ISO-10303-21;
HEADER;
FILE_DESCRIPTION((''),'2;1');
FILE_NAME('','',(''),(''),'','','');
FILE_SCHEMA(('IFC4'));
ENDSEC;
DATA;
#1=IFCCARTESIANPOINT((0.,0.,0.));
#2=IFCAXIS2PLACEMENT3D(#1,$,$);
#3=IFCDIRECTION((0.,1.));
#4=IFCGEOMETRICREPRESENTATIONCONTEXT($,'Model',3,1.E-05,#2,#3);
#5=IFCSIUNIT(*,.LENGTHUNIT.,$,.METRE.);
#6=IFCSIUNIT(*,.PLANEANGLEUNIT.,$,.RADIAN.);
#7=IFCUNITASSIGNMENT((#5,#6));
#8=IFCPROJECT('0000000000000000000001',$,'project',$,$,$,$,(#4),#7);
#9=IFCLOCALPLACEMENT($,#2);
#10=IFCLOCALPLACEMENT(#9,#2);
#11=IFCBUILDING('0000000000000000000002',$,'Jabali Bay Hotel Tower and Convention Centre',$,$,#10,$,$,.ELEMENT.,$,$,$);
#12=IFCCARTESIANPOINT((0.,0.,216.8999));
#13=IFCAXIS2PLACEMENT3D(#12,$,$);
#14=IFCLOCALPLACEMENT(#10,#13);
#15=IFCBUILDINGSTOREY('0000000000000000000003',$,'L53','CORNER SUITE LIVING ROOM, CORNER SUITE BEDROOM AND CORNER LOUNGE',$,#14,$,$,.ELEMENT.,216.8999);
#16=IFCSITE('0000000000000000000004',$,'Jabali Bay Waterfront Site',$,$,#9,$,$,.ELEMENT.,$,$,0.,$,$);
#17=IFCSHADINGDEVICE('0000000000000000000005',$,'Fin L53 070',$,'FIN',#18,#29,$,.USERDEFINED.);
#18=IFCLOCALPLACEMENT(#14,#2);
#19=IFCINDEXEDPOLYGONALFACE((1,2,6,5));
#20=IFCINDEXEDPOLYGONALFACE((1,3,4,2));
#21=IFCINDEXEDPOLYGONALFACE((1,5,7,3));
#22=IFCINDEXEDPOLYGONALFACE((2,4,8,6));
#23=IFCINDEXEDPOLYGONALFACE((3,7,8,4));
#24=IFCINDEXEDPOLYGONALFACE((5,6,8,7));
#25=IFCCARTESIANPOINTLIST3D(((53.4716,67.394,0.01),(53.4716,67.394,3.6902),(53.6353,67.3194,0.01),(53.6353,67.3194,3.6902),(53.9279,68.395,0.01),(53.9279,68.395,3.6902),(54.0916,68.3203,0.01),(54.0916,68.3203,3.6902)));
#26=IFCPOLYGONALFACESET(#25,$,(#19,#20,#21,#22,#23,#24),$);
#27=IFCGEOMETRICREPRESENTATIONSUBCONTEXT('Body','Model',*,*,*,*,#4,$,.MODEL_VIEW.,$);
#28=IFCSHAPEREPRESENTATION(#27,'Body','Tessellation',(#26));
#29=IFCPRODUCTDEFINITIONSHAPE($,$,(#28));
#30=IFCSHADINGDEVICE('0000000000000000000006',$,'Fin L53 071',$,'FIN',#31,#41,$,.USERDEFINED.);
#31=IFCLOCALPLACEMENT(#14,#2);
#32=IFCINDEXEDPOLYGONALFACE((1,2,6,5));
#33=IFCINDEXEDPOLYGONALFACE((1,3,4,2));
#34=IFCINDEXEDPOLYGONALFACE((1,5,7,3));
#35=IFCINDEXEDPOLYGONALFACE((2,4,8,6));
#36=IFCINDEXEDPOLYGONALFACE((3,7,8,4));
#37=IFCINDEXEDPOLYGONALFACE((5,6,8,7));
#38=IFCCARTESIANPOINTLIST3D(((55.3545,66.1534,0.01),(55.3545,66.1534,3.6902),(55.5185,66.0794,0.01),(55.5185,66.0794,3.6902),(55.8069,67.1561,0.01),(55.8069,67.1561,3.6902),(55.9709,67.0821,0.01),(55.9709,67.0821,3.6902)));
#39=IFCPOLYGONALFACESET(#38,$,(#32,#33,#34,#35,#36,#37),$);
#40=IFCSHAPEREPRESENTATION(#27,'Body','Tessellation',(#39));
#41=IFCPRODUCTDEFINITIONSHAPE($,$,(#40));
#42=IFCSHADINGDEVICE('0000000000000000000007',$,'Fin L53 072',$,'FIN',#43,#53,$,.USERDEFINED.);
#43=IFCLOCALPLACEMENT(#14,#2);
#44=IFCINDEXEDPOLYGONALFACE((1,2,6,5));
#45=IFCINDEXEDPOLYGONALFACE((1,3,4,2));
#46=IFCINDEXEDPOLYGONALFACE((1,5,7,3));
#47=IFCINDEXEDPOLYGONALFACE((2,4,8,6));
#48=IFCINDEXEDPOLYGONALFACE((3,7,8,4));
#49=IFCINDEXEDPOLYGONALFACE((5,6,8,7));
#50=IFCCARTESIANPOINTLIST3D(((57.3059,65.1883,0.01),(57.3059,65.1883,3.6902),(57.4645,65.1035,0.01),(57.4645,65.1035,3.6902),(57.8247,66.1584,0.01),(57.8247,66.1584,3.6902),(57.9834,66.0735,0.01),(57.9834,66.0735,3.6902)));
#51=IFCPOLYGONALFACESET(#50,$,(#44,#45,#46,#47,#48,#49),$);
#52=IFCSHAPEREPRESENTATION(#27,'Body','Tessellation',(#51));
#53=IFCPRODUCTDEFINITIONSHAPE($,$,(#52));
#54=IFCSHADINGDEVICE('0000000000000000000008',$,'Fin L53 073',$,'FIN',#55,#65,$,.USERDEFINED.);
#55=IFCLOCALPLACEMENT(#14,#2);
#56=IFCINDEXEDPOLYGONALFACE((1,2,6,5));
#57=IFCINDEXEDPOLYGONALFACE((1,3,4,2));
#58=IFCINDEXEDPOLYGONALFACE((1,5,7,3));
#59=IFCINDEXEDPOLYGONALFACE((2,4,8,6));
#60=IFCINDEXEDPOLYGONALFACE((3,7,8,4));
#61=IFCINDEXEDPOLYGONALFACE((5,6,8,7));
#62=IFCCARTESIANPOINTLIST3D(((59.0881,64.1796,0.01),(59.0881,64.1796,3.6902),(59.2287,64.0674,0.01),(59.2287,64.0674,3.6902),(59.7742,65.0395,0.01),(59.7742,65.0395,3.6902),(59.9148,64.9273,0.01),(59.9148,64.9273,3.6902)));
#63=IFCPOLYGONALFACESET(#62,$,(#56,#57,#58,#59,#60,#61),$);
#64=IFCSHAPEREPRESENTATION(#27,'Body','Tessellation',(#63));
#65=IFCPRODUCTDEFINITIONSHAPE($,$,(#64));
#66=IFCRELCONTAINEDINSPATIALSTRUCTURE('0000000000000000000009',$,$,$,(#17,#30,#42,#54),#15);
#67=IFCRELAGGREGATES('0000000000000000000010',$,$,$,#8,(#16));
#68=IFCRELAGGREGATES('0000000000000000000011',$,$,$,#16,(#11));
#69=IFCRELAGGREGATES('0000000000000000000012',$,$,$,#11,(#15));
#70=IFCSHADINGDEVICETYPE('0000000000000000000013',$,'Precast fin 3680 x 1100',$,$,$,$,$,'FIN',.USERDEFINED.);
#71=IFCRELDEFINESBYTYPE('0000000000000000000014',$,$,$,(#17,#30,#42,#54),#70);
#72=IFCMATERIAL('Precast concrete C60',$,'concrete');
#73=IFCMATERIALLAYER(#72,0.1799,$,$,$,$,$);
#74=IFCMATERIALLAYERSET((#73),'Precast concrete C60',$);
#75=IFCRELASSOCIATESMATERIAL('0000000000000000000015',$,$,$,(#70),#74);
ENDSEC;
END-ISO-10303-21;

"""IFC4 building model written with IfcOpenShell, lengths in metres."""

from ifc_helpers import new_model, si_unit, direction, frame, frame_2d, origin, place, context, subcontext, project, spatial, rectangle, extrude, material, layer, layer_set, type_object, element, save


model = new_model("IFC4")

# Units and contexts
model_context = context("Model", 3, precision=1e-05, world=origin(), true_north=direction((0.0, 1.0)))
body_context = subcontext(model_context, "Body", "Model", "MODEL_VIEW")
ifc_project = project(units=[si_unit("LENGTHUNIT", "METRE"), si_unit("PLANEANGLEUNIT", "RADIAN")], contexts=[model_context])

# Site, building, storey
site_placement = place(None, origin())
site = spatial("IfcSite", under=ifc_project, at=site_placement, Name="Jabali Bay Waterfront Site", CompositionType="ELEMENT", RefElevation=0.0)
building_placement = place(site_placement, origin())
building = spatial("IfcBuilding", under=site, at=building_placement, Name="Jabali Bay Hotel Tower and Convention Centre", CompositionType="ELEMENT")
storey_placement = place(building_placement, frame((0.0, 0.0, 216.8999)))
storey = spatial("IfcBuildingStorey", under=building, at=storey_placement, Name="L53", Description="CORNER SUITE LIVING ROOM, CORNER SUITE BEDROOM AND CORNER LOUNGE", CompositionType="ELEMENT", Elevation=216.8999)

# Shading devices
ifc_material_1 = material(Name="Precast concrete C60", Category="concrete")
ifc_layer_1 = layer(ifc_material_1, 0.1799)
ifc_layer_set_1 = layer_set([ifc_layer_1], Name="Precast concrete C60")
shading_device_type = type_object("IfcShadingDeviceType", Name="Precast fin 3680 x 1100", ElementType="FIN", PredefinedType="USERDEFINED", material=ifc_layer_set_1)
for number, where, z_axis, x_axis, name in (
    (1, (54.0098, 68.3577, 0.01), (0.0, 0.0, 1.0), (-0.414789, -0.909918, 0.0), "Fin L53 070"),
    (2, (55.8889, 67.1191, 0.01), (0.0, 0.0, 1.0), (-0.41126, -0.911518, 0.0), "Fin L53 071"),
    (3, (57.9041, 66.116, 0.01), (0.0, 0.0, 1.0), (-0.471636, -0.881793, 0.0), "Fin L53 072"),
    (4, (59.8445, 64.9834, 0.01), (0.0, 0.0, 1.0), (-0.623666, -0.781691, 0.0), "Fin L53 073"),
):
    element("IfcShadingDevice", number, at=place(storey_placement, frame(where, z_axis=z_axis, x_axis=x_axis)), inside=storey, type_object=shading_device_type, Name=name, ObjectType="FIN", PredefinedType="USERDEFINED", context=body_context, shape_type="SweptSolid", body=[
        extrude(rectangle(XDim=1.1001, YDim=0.1799, at=frame_2d((0.55, 0.0))), origin(), (0.0, 0.0, 1.0), 3.6802),
    ])

save(model, "model.ifc")
